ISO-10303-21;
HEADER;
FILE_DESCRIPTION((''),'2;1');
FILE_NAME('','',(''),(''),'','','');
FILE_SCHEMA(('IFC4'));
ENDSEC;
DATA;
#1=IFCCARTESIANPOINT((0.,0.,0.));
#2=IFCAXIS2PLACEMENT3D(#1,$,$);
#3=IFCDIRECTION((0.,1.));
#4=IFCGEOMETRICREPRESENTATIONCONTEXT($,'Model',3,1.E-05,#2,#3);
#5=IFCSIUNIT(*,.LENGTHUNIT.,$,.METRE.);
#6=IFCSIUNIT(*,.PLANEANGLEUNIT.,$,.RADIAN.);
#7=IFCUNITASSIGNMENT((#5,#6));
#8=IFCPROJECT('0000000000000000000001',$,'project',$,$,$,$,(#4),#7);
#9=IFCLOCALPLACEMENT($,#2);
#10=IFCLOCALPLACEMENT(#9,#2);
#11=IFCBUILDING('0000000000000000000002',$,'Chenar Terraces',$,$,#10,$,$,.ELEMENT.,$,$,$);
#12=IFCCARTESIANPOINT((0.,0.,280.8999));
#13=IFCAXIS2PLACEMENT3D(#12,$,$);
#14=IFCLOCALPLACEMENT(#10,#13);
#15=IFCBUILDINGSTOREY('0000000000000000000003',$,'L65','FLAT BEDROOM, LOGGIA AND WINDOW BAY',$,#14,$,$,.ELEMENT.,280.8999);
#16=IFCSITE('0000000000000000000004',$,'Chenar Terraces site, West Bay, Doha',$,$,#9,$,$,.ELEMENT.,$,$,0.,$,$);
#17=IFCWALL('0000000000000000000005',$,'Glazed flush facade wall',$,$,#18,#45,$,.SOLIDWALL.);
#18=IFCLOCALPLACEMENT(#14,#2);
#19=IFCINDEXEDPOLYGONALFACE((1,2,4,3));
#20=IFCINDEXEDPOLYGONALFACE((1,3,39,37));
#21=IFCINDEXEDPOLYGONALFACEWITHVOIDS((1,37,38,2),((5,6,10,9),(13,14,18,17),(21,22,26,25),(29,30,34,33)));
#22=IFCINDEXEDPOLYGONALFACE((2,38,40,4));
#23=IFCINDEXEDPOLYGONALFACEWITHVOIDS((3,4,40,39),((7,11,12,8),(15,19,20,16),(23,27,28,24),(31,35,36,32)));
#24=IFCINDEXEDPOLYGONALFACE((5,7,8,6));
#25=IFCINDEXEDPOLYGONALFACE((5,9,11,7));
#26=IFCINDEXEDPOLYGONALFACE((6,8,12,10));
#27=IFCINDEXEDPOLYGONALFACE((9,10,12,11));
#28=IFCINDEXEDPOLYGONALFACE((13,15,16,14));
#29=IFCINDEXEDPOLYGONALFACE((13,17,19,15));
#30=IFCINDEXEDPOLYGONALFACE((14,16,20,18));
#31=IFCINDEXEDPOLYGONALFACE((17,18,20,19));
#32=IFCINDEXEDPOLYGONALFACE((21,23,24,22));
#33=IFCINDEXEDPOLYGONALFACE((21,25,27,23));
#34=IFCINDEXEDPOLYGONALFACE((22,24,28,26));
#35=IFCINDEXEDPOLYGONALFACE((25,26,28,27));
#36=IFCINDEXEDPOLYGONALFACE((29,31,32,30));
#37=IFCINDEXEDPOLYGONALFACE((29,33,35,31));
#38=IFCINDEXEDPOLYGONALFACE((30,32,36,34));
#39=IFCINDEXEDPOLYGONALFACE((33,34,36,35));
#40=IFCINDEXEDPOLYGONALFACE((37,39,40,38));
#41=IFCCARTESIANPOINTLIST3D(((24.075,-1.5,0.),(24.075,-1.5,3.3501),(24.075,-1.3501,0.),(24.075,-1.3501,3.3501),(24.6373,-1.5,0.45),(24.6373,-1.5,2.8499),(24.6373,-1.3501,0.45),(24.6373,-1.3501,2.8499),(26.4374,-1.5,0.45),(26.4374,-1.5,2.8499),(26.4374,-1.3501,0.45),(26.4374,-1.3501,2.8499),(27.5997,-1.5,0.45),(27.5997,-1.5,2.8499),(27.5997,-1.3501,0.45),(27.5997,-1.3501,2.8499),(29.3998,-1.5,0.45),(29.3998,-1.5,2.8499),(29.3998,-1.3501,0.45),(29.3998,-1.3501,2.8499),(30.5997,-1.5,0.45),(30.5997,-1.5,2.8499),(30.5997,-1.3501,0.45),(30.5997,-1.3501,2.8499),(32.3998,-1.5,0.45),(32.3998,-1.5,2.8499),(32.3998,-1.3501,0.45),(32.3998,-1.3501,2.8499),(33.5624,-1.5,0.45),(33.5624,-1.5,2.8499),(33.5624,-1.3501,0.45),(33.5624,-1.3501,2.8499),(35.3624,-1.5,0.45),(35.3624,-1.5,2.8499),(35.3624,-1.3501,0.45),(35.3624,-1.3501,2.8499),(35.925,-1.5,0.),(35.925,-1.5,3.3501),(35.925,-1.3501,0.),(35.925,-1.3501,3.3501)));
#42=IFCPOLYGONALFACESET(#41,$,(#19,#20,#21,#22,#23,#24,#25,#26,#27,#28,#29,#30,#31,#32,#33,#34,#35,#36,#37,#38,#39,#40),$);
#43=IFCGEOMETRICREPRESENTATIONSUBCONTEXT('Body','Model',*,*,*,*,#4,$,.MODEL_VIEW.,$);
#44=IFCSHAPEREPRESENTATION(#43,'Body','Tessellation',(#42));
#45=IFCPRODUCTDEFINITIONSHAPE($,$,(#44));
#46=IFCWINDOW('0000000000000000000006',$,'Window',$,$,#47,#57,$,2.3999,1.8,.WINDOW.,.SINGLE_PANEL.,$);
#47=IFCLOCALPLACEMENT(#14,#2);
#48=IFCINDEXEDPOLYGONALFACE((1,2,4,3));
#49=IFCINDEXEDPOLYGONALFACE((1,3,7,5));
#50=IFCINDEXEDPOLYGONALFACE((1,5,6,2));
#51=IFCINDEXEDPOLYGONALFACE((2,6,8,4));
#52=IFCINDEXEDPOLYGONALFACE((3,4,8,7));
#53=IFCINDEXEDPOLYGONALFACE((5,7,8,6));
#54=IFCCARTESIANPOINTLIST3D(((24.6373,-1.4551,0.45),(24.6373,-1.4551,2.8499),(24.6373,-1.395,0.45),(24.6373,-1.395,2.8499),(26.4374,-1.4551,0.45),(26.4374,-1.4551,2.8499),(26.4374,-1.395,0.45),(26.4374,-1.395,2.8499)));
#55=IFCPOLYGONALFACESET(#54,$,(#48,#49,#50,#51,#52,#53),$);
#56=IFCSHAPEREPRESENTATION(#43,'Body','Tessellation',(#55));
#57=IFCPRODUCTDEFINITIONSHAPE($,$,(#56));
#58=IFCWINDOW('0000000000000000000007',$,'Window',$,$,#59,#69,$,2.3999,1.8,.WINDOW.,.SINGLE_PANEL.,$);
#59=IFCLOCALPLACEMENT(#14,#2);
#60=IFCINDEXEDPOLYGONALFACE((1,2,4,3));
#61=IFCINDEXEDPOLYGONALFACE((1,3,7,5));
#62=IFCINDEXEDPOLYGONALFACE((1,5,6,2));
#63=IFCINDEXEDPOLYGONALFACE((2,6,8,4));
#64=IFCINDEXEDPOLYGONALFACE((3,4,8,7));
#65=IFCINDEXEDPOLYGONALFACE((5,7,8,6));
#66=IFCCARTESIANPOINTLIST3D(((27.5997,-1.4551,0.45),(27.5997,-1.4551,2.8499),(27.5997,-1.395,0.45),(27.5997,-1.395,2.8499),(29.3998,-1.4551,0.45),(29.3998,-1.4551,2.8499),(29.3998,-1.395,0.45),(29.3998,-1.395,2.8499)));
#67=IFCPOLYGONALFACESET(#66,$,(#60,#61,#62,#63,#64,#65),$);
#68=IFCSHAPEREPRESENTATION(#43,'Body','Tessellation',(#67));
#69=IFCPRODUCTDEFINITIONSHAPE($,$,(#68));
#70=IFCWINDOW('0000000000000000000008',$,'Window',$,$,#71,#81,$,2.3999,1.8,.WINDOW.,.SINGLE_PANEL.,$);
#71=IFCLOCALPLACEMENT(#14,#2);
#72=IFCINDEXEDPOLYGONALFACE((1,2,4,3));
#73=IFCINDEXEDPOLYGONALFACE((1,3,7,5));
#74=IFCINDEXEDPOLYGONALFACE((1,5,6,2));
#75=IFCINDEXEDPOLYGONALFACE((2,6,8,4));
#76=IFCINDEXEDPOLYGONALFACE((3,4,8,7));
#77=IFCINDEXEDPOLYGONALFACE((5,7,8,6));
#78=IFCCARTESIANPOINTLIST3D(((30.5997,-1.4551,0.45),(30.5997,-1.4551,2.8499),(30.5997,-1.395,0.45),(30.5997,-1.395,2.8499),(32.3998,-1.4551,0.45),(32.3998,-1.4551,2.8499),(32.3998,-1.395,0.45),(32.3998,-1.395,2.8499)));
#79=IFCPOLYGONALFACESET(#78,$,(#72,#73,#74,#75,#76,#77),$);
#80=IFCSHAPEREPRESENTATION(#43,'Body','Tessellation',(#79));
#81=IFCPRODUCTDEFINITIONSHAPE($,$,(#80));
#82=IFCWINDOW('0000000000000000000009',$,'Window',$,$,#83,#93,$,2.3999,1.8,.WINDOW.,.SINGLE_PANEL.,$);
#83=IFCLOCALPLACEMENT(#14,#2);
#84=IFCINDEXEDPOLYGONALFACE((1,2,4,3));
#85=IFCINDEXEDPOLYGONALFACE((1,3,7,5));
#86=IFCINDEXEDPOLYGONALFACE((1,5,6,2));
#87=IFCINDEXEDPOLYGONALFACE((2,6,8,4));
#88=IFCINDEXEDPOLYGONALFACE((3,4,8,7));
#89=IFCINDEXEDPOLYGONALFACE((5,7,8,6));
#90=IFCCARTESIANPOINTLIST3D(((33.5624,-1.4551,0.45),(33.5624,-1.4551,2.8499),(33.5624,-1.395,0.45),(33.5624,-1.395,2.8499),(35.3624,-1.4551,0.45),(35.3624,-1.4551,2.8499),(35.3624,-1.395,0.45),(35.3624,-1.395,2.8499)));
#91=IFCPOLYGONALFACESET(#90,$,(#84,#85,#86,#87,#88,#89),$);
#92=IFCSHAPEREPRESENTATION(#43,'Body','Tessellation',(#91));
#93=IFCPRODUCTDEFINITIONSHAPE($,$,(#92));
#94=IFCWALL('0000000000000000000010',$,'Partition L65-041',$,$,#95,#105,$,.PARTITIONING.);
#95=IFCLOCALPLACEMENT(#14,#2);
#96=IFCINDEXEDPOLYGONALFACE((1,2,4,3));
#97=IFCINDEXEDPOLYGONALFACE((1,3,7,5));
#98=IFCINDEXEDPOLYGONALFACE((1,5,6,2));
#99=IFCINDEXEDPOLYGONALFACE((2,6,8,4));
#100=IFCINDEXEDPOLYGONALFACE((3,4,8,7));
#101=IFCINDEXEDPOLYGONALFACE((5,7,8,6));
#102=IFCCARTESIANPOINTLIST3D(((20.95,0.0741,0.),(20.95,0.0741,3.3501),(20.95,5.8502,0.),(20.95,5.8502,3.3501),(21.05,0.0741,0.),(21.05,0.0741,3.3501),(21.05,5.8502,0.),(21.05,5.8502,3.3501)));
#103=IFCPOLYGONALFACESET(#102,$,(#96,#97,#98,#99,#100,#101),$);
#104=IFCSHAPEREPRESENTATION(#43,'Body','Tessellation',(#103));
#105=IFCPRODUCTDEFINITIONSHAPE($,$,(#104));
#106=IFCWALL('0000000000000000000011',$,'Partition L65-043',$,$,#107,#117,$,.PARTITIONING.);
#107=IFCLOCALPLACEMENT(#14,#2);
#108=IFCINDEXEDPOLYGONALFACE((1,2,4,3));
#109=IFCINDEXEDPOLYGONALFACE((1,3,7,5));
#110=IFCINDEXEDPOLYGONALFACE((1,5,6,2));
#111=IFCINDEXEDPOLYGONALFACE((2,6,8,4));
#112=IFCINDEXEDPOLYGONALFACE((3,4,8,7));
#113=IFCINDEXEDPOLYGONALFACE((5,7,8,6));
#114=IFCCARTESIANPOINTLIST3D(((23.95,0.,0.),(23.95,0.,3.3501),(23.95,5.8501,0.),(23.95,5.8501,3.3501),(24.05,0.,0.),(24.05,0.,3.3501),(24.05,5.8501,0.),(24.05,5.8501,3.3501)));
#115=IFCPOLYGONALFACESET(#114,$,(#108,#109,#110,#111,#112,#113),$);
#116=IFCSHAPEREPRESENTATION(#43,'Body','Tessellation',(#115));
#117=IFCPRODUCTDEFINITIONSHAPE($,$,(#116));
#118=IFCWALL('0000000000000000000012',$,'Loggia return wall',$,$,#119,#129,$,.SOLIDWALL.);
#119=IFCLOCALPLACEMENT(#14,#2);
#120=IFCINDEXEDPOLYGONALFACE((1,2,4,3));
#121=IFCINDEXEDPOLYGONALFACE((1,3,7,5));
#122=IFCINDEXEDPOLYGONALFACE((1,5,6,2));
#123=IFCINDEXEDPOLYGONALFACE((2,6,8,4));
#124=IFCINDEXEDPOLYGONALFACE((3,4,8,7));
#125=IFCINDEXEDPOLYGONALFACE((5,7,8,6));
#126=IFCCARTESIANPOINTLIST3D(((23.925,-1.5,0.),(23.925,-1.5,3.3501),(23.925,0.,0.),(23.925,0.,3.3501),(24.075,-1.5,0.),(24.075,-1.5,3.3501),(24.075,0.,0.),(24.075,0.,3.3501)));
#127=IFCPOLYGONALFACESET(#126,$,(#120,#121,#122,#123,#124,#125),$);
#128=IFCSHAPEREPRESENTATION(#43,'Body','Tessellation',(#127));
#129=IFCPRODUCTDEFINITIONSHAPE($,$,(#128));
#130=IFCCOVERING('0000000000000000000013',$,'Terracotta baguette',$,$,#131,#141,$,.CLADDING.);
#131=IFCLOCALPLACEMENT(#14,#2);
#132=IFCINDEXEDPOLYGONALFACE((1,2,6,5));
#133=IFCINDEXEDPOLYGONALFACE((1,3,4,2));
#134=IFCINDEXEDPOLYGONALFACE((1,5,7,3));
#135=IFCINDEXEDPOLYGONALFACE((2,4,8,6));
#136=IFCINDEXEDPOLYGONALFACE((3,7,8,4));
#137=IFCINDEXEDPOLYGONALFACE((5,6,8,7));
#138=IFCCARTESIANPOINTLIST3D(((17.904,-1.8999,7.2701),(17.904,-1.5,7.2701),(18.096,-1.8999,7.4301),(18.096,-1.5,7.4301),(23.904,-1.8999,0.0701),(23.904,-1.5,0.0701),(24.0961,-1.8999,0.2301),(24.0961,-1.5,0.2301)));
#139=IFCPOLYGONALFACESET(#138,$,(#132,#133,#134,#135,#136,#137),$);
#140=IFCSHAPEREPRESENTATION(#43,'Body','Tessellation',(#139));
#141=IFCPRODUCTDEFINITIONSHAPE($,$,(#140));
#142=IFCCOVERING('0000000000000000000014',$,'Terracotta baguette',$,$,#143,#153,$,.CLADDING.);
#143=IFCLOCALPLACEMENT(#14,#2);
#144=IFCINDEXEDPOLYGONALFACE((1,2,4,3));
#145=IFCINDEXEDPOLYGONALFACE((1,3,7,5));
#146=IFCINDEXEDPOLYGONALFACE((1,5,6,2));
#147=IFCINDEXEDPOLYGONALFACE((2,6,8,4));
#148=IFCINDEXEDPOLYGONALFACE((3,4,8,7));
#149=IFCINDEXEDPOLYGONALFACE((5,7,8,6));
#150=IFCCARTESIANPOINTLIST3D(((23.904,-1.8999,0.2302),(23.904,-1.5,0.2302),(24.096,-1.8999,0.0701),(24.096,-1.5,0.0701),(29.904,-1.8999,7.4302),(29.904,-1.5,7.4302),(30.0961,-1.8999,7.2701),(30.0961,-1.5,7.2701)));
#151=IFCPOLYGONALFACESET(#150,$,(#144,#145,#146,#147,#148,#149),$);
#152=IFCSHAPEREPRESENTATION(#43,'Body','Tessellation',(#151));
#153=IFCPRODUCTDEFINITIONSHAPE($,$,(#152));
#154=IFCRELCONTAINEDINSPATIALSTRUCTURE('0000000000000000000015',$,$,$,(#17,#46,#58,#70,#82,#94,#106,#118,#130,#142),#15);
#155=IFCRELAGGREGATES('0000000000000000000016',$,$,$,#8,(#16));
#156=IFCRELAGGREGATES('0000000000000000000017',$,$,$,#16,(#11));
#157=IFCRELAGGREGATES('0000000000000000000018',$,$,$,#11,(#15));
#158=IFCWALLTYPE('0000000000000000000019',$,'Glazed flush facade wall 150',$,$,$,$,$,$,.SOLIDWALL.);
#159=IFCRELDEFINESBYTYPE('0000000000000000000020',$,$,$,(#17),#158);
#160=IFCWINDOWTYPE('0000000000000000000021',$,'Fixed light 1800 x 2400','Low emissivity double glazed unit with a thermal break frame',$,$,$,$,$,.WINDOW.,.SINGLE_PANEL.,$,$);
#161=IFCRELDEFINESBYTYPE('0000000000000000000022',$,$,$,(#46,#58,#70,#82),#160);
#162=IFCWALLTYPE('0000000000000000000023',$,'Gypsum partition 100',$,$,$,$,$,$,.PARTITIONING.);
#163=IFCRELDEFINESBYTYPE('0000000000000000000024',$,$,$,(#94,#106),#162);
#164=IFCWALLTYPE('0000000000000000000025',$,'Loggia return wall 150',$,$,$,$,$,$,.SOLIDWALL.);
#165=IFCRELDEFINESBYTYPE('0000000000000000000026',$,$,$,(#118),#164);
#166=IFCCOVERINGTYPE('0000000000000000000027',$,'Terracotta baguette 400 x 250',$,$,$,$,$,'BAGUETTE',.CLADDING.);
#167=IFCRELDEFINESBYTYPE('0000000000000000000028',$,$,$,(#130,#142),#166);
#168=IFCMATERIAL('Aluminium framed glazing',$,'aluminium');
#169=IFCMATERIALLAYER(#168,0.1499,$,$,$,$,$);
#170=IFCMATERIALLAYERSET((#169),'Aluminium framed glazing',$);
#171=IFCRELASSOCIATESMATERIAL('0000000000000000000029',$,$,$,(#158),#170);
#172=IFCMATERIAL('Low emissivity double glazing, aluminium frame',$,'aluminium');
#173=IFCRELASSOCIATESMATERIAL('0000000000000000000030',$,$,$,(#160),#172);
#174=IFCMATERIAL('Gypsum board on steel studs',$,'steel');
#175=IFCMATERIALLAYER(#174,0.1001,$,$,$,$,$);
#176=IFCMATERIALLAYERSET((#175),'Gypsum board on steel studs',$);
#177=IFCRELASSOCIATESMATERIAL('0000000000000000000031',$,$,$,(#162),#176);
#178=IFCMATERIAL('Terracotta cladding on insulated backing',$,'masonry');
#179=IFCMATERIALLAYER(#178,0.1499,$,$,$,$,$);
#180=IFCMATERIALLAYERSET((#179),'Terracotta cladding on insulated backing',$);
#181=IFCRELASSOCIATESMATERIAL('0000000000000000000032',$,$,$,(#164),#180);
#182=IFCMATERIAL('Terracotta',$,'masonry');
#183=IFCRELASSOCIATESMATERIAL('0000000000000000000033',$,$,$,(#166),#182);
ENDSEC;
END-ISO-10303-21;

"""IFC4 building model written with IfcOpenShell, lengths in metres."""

from ifc_helpers import new_model, si_unit, direction, frame, frame_2d, origin, origin_2d, place, context, subcontext, project, spatial, rectangle, extrude, material, layer, layer_set, material_profile, profile_set, type_object, element, fill, save


model = new_model("IFC4")

# Units and contexts
model_context = context("Model", 3, precision=1e-05, world=origin(), true_north=direction((0.0, 1.0)))
body_context = subcontext(model_context, "Body", "Model", "MODEL_VIEW")
ifc_project = project(units=[si_unit("LENGTHUNIT", "METRE"), si_unit("PLANEANGLEUNIT", "RADIAN")], contexts=[model_context])

# Site, building, storey
site_placement = place(None, origin())
site = spatial("IfcSite", under=ifc_project, at=site_placement, Name="Chenar Terraces site, West Bay, Doha", CompositionType="ELEMENT", RefElevation=0.0)
building_placement = place(site_placement, origin())
building = spatial("IfcBuilding", under=site, at=building_placement, Name="Chenar Terraces", CompositionType="ELEMENT")
storey_placement = place(building_placement, frame((0.0, 0.0, 280.8999)))
storey = spatial("IfcBuildingStorey", under=building, at=storey_placement, Name="L65", Description="FLAT BEDROOM, LOGGIA AND WINDOW BAY", CompositionType="ELEMENT", Elevation=280.8999)

# Wall, openings, windows
ifc_material_1 = material(Name="Aluminium framed glazing", Category="aluminium")
ifc_layer_1 = layer(ifc_material_1, 0.1499)
ifc_layer_set_1 = layer_set([ifc_layer_1], Name="Aluminium framed glazing")
wall_type_1 = type_object("IfcWallType", Name="Glazed flush facade wall 150", PredefinedType="SOLIDWALL", material=ifc_layer_set_1)
wall_1_placement = place(storey_placement, frame((24.075, -1.425, 0.0), z_axis=(0.0, 0.0, 1.0), x_axis=(1.0, 0.0, 0.0)))
wall_1 = element("IfcWall", 1, at=wall_1_placement, inside=storey, type_object=wall_type_1, Name="Glazed flush facade wall", PredefinedType="SOLIDWALL", context=body_context, shape_type="SweptSolid", body=[
    extrude(rectangle(XDim=11.8501, YDim=0.1499, at=frame_2d((5.925, 0.0))), origin(), (0.0, 0.0, 1.0), 3.3501),
])
opening_1_placement = place(wall_1_placement, frame((0.5625, 0.0, 0.45)))
opening_1 = element("IfcOpeningElement", 2, at=opening_1_placement, cuts=wall_1, PredefinedType="OPENING", context=body_context, shape_type="SweptSolid", body=[
    extrude(rectangle(XDim=1.8, YDim=2.3999, at=frame_2d((0.8999, 1.2))), frame((0.0, 0.085, 0.0), z_axis=(0.0, -1.0, 0.0), x_axis=(1.0, 0.0, 0.0)), (0.0, 0.0, 1.0), 0.1699),
])
opening_2_placement = place(wall_1_placement, frame((3.5249, 0.0, 0.45)))
opening_2 = element("IfcOpeningElement", 3, at=opening_2_placement, cuts=wall_1, PredefinedType="OPENING", context=body_context, shape_type="SweptSolid", body=[
    extrude(rectangle(XDim=1.8, YDim=2.3999, at=frame_2d((0.8999, 1.2))), frame((0.0, 0.085, 0.0), z_axis=(0.0, -1.0, 0.0), x_axis=(1.0, 0.0, 0.0)), (0.0, 0.0, 1.0), 0.1699),
])
opening_3_placement = place(wall_1_placement, frame((6.5249, 0.0, 0.45)))
opening_3 = element("IfcOpeningElement", 4, at=opening_3_placement, cuts=wall_1, PredefinedType="OPENING", context=body_context, shape_type="SweptSolid", body=[
    extrude(rectangle(XDim=1.8, YDim=2.3999, at=frame_2d((0.8999, 1.2))), frame((0.0, 0.085, 0.0), z_axis=(0.0, -1.0, 0.0), x_axis=(1.0, 0.0, 0.0)), (0.0, 0.0, 1.0), 0.1699),
])
opening_4_placement = place(wall_1_placement, frame((9.4875, 0.0, 0.45)))
opening_4 = element("IfcOpeningElement", 5, at=opening_4_placement, cuts=wall_1, PredefinedType="OPENING", context=body_context, shape_type="SweptSolid", body=[
    extrude(rectangle(XDim=1.8, YDim=2.3999, at=frame_2d((0.8999, 1.2))), frame((0.0, 0.085, 0.0), z_axis=(0.0, -1.0, 0.0), x_axis=(1.0, 0.0, 0.0)), (0.0, 0.0, 1.0), 0.1699),
])
ifc_material_2 = material(Name="Low emissivity double glazing, aluminium frame", Category="aluminium")
window_type = type_object("IfcWindowType", Name="Fixed light 1800 x 2400", Description="Low emissivity double glazed unit with a thermal break frame", PartitioningType="SINGLE_PANEL", PredefinedType="WINDOW", material=ifc_material_2)
window_1_placement = place(opening_1_placement, origin())
window_1 = element("IfcWindow", 6, at=window_1_placement, inside=storey, type_object=window_type, Name="Window", OverallHeight=2.3999, OverallWidth=1.8, PartitioningType="SINGLE_PANEL", PredefinedType="WINDOW", context=body_context, shape_type="SweptSolid", body=[
    extrude(rectangle(XDim=1.8, YDim=2.3999, at=frame_2d((0.8999, 1.2))), frame((0.0, 0.03, 0.0), z_axis=(0.0, -1.0, 0.0), x_axis=(1.0, 0.0, 0.0)), (0.0, 0.0, 1.0), 0.0601),
])
fill(opening_1, window_1)
window_2_placement = place(opening_2_placement, origin())
window_2 = element("IfcWindow", 7, at=window_2_placement, inside=storey, type_object=window_type, Name="Window", OverallHeight=2.3999, OverallWidth=1.8, PartitioningType="SINGLE_PANEL", PredefinedType="WINDOW", context=body_context, shape_type="SweptSolid", body=[
    extrude(rectangle(XDim=1.8, YDim=2.3999, at=frame_2d((0.8999, 1.2))), frame((0.0, 0.03, 0.0), z_axis=(0.0, -1.0, 0.0), x_axis=(1.0, 0.0, 0.0)), (0.0, 0.0, 1.0), 0.0601),
])
fill(opening_2, window_2)
window_3_placement = place(opening_3_placement, origin())
window_3 = element("IfcWindow", 8, at=window_3_placement, inside=storey, type_object=window_type, Name="Window", OverallHeight=2.3999, OverallWidth=1.8, PartitioningType="SINGLE_PANEL", PredefinedType="WINDOW", context=body_context, shape_type="SweptSolid", body=[
    extrude(rectangle(XDim=1.8, YDim=2.3999, at=frame_2d((0.8999, 1.2))), frame((0.0, 0.03, 0.0), z_axis=(0.0, -1.0, 0.0), x_axis=(1.0, 0.0, 0.0)), (0.0, 0.0, 1.0), 0.0601),
])
fill(opening_3, window_3)
window_4_placement = place(opening_4_placement, origin())
window_4 = element("IfcWindow", 9, at=window_4_placement, inside=storey, type_object=window_type, Name="Window", OverallHeight=2.3999, OverallWidth=1.8, PartitioningType="SINGLE_PANEL", PredefinedType="WINDOW", context=body_context, shape_type="SweptSolid", body=[
    extrude(rectangle(XDim=1.8, YDim=2.3999, at=frame_2d((0.8999, 1.2))), frame((0.0, 0.03, 0.0), z_axis=(0.0, -1.0, 0.0), x_axis=(1.0, 0.0, 0.0)), (0.0, 0.0, 1.0), 0.0601),
])
fill(opening_4, window_4)

# Walls
ifc_material_3 = material(Name="Gypsum board on steel studs", Category="steel")
ifc_layer_2 = layer(ifc_material_3, 0.1001)
ifc_layer_set_2 = layer_set([ifc_layer_2], Name="Gypsum board on steel studs")
wall_type_2 = type_object("IfcWallType", Name="Gypsum partition 100", PredefinedType="PARTITIONING", material=ifc_layer_set_2)
wall_2_placement = place(storey_placement, frame((21.0, 0.074, 0.0), z_axis=(0.0, 0.0, 1.0), x_axis=(0.0, 1.0, 0.0)))
element("IfcWall", 10, at=wall_2_placement, inside=storey, type_object=wall_type_2, Name="Partition L65-041", PredefinedType="PARTITIONING", context=body_context, shape_type="SweptSolid", body=[
    extrude(rectangle(XDim=5.7761, YDim=0.1001, at=frame_2d((2.8882, 0.0))), origin(), (0.0, 0.0, 1.0), 3.3501),
])
wall_3_placement = place(storey_placement, frame((24.0, 0.0, 0.0), z_axis=(0.0, 0.0, 1.0), x_axis=(0.0, 1.0, 0.0)))
element("IfcWall", 11, at=wall_3_placement, inside=storey, type_object=wall_type_2, Name="Partition L65-043", PredefinedType="PARTITIONING", context=body_context, shape_type="SweptSolid", body=[
    extrude(rectangle(XDim=5.8501, YDim=0.1001, at=frame_2d((2.925, 0.0))), origin(), (0.0, 0.0, 1.0), 3.3501),
])
ifc_material_4 = material(Name="Terracotta cladding on insulated backing", Category="masonry")
ifc_layer_3 = layer(ifc_material_4, 0.1499)
ifc_layer_set_3 = layer_set([ifc_layer_3], Name="Terracotta cladding on insulated backing")
wall_type_3 = type_object("IfcWallType", Name="Loggia return wall 150", PredefinedType="SOLIDWALL", material=ifc_layer_set_3)
wall_4_placement = place(storey_placement, frame((24.0, -1.5, 0.0), z_axis=(0.0, 0.0, 1.0), x_axis=(0.0, 1.0, 0.0)))
element("IfcWall", 12, at=wall_4_placement, inside=storey, type_object=wall_type_3, Name="Loggia return wall", PredefinedType="SOLIDWALL", context=body_context, shape_type="SweptSolid", body=[
    extrude(rectangle(XDim=1.5, YDim=0.1499, at=frame_2d((0.75, 0.0))), origin(), (0.0, 0.0, 1.0), 3.3501),
])

# Coverings
ifc_material_5 = material(Name="Terracotta", Category="masonry")
ifc_material_profile_1 = material_profile(ifc_material_5, rectangle(XDim=0.3999, YDim=0.25, at=origin_2d()), Name="Terracotta baguette 400 x 250")
ifc_profile_set_1 = profile_set([ifc_material_profile_1], Name="Terracotta")
covering_type = type_object("IfcCoveringType", Name="Terracotta baguette 400 x 250", ElementType="BAGUETTE", PredefinedType="CLADDING", material=ifc_profile_set_1)
for number, where, z_axis, x_axis, name in (
    (13, (18.0, -1.7, 7.3501), (0.640187, 0.0, -0.768219), (0.0, 1.0, 0.0), "Terracotta baguette"),
    (14, (24.0, -1.7, 0.1501), (0.640187, 0.0, 0.768219), (0.0, 1.0, 0.0), "Terracotta baguette"),
):
    element("IfcCovering", number, at=place(storey_placement, frame(where, z_axis=z_axis, x_axis=x_axis)), inside=storey, type_object=covering_type, Name=name, PredefinedType="CLADDING", context=body_context, shape_type="SweptSolid", body=[
        extrude(rectangle(XDim=0.3999, YDim=0.25, at=origin_2d()), origin(), (0.0, 0.0, 1.0), 9.3723),
    ])

save(model, "model.ifc")
